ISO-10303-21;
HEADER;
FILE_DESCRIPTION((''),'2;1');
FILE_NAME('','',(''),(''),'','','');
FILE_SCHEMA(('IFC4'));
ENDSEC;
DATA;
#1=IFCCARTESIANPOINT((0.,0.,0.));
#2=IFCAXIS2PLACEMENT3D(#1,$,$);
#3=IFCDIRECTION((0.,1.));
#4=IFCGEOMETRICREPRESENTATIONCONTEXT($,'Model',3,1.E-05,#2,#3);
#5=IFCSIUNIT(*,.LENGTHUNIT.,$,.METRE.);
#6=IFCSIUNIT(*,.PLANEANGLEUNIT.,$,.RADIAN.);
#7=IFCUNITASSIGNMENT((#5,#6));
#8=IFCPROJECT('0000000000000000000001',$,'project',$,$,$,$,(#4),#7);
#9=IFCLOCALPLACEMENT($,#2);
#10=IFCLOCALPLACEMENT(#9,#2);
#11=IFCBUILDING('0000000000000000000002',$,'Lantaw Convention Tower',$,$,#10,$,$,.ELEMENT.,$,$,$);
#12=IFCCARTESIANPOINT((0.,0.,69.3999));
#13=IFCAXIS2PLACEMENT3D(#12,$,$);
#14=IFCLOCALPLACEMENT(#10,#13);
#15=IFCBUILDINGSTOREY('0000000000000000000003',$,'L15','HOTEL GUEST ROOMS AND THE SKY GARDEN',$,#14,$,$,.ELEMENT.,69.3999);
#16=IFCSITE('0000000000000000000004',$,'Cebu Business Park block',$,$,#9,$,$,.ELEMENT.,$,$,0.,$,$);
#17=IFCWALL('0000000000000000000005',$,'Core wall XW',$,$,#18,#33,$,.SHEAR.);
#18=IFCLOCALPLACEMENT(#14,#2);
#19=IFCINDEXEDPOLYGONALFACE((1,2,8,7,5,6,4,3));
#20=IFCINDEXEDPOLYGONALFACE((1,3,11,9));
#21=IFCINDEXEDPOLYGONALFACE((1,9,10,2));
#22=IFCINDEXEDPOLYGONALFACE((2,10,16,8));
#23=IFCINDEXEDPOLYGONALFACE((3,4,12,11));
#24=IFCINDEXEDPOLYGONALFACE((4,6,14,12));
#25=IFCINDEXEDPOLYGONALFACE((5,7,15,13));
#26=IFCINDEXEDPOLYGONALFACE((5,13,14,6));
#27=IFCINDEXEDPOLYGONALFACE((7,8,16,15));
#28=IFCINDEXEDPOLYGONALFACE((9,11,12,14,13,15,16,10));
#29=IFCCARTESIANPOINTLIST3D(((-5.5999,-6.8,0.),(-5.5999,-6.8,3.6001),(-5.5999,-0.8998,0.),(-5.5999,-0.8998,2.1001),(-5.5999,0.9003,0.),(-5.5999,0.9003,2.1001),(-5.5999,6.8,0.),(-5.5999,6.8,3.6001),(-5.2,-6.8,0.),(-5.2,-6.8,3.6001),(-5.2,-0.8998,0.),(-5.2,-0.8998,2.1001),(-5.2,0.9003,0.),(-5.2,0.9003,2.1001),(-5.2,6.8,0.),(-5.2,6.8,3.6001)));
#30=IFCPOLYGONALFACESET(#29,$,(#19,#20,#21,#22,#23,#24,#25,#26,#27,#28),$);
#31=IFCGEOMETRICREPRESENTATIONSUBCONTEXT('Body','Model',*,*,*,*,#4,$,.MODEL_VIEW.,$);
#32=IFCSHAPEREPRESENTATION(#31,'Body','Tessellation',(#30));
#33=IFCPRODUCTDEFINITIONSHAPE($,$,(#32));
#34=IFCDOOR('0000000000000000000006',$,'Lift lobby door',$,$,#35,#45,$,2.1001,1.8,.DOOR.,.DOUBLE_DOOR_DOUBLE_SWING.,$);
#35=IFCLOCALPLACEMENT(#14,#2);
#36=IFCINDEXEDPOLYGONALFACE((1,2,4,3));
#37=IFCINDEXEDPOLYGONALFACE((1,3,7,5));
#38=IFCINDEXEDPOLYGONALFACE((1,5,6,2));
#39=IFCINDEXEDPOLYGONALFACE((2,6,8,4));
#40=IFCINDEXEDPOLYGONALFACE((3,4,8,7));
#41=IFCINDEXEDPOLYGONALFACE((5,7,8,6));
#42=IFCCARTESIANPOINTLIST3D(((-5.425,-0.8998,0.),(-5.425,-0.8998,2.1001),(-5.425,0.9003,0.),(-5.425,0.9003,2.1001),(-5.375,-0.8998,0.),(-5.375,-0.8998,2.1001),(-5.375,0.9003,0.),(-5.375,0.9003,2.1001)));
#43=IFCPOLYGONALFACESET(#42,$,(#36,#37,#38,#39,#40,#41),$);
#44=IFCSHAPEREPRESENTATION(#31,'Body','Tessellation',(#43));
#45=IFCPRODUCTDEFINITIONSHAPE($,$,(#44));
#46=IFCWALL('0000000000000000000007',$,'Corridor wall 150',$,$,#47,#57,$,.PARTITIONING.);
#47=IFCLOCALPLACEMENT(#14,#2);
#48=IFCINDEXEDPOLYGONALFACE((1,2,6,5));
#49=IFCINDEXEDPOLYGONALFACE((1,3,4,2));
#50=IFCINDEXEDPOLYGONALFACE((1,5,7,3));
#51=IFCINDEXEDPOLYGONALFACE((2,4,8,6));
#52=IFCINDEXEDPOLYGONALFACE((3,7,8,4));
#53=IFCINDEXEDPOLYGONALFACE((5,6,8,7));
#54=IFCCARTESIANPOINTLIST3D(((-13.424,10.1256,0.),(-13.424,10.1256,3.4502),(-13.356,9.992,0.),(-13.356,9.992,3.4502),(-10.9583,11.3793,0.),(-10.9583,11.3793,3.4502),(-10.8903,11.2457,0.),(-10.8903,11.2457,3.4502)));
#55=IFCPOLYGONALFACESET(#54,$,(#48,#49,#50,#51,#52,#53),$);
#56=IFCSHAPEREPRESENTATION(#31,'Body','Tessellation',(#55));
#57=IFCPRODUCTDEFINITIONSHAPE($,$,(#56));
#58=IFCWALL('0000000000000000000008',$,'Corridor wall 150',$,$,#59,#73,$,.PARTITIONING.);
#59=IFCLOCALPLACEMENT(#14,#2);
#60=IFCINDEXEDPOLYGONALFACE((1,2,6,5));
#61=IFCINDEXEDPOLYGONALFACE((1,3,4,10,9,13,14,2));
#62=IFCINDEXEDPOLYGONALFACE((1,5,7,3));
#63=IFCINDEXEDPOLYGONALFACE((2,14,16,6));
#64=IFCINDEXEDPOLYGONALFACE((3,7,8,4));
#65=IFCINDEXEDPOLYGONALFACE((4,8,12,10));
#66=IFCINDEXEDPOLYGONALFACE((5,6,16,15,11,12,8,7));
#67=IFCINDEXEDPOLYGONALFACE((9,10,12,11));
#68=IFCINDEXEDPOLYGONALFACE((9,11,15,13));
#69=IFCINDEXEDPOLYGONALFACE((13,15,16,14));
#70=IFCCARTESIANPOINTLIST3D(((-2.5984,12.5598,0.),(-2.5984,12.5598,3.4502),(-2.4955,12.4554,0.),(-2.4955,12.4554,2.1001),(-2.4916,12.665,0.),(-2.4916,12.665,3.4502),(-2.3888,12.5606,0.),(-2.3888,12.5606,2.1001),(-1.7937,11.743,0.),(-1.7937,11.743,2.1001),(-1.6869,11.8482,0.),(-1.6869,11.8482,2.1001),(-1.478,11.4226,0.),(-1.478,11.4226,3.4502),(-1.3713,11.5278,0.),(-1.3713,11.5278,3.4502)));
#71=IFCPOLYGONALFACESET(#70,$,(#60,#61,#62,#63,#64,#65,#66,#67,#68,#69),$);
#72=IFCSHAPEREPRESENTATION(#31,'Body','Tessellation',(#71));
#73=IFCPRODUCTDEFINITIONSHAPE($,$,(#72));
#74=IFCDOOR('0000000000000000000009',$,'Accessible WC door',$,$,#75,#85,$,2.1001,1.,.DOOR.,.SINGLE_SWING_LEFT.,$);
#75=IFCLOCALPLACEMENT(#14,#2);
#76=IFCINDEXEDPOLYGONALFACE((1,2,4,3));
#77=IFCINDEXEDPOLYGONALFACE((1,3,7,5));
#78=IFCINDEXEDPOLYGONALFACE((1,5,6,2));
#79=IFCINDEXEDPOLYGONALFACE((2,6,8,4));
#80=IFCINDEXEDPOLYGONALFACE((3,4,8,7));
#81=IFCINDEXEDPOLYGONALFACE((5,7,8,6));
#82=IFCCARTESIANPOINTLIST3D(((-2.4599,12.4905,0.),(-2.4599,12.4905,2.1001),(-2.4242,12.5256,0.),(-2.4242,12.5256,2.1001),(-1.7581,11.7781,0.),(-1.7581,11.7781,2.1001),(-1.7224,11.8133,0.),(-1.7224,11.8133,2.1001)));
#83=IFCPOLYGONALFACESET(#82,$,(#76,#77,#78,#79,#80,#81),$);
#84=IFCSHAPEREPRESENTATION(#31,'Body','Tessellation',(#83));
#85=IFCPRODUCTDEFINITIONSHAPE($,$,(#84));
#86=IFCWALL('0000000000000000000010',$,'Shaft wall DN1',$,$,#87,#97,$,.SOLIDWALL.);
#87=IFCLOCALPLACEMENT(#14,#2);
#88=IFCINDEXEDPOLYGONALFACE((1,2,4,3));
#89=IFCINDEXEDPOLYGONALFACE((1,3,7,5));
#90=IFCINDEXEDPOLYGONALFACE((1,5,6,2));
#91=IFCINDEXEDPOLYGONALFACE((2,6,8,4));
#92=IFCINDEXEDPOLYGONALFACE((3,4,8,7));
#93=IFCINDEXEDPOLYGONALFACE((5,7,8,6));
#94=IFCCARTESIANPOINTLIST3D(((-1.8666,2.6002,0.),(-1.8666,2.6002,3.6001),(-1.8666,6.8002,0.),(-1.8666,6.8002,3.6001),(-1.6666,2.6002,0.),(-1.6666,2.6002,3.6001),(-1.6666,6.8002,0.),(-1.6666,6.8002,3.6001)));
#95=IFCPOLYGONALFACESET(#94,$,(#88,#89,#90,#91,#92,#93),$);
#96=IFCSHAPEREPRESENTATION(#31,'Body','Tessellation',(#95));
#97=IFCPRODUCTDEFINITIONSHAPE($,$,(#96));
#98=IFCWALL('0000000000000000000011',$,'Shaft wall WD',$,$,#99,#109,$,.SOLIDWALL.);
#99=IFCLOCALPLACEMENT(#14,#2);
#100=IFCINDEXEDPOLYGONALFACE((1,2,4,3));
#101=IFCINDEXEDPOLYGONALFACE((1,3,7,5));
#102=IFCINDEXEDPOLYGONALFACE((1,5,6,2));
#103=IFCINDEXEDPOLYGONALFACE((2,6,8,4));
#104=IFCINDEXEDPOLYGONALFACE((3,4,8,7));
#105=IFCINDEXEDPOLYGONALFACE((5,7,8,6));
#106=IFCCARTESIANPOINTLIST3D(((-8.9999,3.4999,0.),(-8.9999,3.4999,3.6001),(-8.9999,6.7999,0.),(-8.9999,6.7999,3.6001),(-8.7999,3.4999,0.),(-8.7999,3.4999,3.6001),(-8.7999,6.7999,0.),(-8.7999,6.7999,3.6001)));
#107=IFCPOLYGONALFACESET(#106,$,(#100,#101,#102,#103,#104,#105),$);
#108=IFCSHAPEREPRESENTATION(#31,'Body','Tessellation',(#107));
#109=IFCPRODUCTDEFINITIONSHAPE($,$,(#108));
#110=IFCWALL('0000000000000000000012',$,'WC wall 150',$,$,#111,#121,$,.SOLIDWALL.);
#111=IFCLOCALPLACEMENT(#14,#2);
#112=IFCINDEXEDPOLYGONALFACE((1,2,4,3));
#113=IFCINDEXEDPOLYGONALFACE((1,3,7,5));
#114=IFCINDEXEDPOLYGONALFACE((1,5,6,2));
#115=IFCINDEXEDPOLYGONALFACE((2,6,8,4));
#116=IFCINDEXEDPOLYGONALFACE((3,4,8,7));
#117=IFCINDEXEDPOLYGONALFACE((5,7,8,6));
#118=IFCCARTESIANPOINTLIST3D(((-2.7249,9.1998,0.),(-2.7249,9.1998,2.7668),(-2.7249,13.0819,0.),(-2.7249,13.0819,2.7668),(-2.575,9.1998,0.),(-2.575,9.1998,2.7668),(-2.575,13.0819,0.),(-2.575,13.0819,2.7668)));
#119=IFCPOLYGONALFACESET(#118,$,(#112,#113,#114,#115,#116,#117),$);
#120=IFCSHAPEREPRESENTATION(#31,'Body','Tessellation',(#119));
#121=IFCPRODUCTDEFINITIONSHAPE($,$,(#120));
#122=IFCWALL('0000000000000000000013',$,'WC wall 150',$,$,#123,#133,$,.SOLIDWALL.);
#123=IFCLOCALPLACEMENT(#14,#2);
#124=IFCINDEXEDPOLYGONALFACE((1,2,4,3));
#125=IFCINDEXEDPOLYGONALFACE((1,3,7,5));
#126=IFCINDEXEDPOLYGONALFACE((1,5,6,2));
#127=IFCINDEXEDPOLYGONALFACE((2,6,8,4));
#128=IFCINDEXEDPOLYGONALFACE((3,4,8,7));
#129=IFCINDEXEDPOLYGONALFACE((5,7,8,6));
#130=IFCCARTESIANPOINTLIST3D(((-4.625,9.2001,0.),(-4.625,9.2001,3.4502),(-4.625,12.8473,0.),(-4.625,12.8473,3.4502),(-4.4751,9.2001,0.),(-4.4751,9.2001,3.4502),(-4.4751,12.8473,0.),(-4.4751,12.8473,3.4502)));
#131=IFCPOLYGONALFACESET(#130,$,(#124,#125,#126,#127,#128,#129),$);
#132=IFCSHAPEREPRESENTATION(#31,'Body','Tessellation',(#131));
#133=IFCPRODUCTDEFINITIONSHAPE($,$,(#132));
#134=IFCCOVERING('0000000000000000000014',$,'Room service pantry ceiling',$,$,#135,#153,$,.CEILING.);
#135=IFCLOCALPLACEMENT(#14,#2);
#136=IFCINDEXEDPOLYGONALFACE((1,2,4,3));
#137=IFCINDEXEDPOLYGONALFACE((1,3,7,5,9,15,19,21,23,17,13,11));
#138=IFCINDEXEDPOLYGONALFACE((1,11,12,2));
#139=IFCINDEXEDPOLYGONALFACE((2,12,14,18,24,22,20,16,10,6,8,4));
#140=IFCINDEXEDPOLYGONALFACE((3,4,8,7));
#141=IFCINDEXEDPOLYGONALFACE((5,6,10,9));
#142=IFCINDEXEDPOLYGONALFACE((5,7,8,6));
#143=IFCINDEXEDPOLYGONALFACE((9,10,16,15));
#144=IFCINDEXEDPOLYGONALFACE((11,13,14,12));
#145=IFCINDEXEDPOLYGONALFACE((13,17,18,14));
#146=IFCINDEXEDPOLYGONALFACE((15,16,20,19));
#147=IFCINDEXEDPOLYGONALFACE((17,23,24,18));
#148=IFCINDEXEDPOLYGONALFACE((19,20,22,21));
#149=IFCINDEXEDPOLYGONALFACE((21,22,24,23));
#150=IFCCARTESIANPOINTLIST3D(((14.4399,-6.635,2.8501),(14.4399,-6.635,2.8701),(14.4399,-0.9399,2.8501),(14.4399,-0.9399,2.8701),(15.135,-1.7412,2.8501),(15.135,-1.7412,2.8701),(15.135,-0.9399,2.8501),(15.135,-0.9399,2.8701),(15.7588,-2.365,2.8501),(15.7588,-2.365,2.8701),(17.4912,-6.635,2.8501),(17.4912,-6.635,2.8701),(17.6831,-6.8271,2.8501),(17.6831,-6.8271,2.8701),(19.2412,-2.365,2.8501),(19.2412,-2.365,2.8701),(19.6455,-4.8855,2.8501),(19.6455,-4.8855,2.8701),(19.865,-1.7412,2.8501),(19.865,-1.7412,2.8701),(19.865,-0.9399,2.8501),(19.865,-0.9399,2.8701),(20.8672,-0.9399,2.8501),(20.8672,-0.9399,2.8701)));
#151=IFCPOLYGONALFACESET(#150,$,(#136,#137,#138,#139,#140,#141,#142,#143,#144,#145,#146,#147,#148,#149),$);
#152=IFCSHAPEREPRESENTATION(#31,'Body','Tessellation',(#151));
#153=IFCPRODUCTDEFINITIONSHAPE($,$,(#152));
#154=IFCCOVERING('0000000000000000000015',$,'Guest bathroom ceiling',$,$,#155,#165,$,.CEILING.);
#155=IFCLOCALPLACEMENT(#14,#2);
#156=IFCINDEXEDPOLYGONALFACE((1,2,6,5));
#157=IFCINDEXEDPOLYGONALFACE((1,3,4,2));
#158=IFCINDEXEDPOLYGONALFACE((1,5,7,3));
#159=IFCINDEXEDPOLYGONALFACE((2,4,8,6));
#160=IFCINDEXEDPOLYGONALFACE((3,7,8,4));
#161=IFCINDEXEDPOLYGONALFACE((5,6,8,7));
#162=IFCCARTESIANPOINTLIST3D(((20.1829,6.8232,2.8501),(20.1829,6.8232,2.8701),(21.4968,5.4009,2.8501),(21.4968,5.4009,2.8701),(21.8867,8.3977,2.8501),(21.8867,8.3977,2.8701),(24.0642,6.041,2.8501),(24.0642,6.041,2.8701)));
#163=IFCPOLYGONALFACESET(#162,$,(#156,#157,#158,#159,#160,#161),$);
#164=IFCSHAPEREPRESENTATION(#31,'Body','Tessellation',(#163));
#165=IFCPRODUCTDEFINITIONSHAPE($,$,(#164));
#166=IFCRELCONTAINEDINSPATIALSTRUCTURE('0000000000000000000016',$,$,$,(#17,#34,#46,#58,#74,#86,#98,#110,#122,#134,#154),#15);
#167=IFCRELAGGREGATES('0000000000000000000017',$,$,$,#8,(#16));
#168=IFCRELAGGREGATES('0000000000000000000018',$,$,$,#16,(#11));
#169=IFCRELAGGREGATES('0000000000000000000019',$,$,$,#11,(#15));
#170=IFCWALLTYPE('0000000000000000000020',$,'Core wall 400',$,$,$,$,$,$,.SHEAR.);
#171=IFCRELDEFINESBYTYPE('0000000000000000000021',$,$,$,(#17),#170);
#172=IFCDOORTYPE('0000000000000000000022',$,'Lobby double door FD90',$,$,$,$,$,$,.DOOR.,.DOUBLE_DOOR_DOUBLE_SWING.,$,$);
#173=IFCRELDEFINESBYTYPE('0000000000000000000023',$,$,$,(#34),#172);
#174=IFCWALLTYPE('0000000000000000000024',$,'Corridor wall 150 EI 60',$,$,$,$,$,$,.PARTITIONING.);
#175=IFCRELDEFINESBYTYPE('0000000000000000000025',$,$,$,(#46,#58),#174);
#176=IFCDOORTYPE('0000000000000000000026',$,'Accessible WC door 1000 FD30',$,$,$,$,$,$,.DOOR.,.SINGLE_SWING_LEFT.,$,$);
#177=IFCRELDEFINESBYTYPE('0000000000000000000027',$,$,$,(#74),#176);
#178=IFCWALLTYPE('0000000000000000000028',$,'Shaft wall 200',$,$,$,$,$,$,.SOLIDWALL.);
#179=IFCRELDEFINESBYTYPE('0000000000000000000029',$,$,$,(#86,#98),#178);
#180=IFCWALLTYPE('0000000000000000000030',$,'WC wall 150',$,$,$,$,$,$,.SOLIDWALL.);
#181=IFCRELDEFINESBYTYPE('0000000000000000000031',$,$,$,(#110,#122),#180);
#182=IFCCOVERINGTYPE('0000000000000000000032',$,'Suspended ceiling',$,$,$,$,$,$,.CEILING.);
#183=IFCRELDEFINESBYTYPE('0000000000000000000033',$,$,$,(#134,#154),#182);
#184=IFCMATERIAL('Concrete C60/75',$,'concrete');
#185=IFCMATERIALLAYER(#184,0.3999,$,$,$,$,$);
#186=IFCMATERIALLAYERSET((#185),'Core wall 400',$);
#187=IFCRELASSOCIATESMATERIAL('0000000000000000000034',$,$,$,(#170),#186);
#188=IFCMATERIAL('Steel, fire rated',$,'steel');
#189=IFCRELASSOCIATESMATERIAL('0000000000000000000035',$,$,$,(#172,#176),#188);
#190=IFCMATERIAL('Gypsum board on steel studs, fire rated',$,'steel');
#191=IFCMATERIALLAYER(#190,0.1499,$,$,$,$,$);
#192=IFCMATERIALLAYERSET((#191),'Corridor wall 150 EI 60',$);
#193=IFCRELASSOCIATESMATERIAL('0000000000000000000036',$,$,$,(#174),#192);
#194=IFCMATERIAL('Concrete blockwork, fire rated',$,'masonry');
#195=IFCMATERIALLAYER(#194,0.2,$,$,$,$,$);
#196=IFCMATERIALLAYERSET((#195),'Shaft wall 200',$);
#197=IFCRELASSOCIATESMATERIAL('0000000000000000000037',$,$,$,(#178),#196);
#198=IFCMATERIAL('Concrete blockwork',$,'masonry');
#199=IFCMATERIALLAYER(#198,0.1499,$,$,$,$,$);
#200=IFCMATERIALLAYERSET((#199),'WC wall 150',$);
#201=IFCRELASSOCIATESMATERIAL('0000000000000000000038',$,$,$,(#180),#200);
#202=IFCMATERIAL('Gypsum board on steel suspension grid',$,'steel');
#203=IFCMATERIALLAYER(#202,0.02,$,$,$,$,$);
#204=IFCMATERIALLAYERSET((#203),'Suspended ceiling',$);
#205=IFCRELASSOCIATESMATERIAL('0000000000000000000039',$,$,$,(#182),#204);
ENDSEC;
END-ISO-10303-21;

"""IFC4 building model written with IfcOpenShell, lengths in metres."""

from ifc_helpers import new_model, si_unit, direction, frame, frame_2d, origin, place, context, subcontext, project, spatial, polyline, rectangle, outline, extrude, material, layer, layer_set, type_object, element, fill, save


model = new_model("IFC4")

# Units and contexts
model_context = context("Model", 3, precision=1e-05, world=origin(), true_north=direction((0.0, 1.0)))
body_context = subcontext(model_context, "Body", "Model", "MODEL_VIEW")
ifc_project = project(units=[si_unit("LENGTHUNIT", "METRE"), si_unit("PLANEANGLEUNIT", "RADIAN")], contexts=[model_context])

# Site, building, storey
site_placement = place(None, origin())
site = spatial("IfcSite", under=ifc_project, at=site_placement, Name="Cebu Business Park block", CompositionType="ELEMENT", RefElevation=0.0)
building_placement = place(site_placement, origin())
building = spatial("IfcBuilding", under=site, at=building_placement, Name="Lantaw Convention Tower", CompositionType="ELEMENT")
storey_placement = place(building_placement, frame((0.0, 0.0, 69.3999)))
storey = spatial("IfcBuildingStorey", under=building, at=storey_placement, Name="L15", Description="HOTEL GUEST ROOMS AND THE SKY GARDEN", CompositionType="ELEMENT", Elevation=69.3999)

# Wall, opening, door
ifc_material_1 = material(Name="Concrete C60/75", Category="concrete")
ifc_layer_1 = layer(ifc_material_1, 0.3999)
ifc_layer_set_1 = layer_set([ifc_layer_1], Name="Core wall 400")
wall_type_1 = type_object("IfcWallType", Name="Core wall 400", PredefinedType="SHEAR", material=ifc_layer_set_1)
wall_1_placement = place(storey_placement, frame((-5.3999, 6.8, 0.0), z_axis=(0.0, 0.0, 1.0), x_axis=(0.0, -1.0, 0.0)))
wall_1 = element("IfcWall", 1, at=wall_1_placement, inside=storey, type_object=wall_type_1, Name="Core wall XW", PredefinedType="SHEAR", context=body_context, shape_type="SweptSolid", body=[
    extrude(rectangle(XDim=13.6001, YDim=0.3999, at=frame_2d((6.8, 0.0))), origin(), (0.0, 0.0, 1.0), 3.6001),
])
opening_1_placement = place(wall_1_placement, frame((5.8999, 0.0, 0.0)))
opening_1 = element("IfcOpeningElement", 2, at=opening_1_placement, cuts=wall_1, PredefinedType="OPENING", context=body_context, shape_type="SweptSolid", body=[
    extrude(rectangle(XDim=1.8, YDim=2.1001, at=frame_2d((0.8999, 1.05))), frame((0.0, 0.21, 0.0), z_axis=(0.0, -1.0, 0.0), x_axis=(1.0, 0.0, 0.0)), (0.0, 0.0, 1.0), 0.4199),
])
ifc_material_2 = material(Name="Steel, fire rated", Category="steel")
door_type_1 = type_object("IfcDoorType", Name="Lobby double door FD90", OperationType="DOUBLE_DOOR_DOUBLE_SWING", PredefinedType="DOOR", material=ifc_material_2)
door_1_placement = place(opening_1_placement, origin())
door_1 = element("IfcDoor", 3, at=door_1_placement, inside=storey, type_object=door_type_1, Name="Lift lobby door", OperationType="DOUBLE_DOOR_DOUBLE_SWING", OverallHeight=2.1001, OverallWidth=1.8, PredefinedType="DOOR", context=body_context, shape_type="SweptSolid", body=[
    extrude(rectangle(XDim=1.8, YDim=2.1001, at=frame_2d((0.8999, 1.05))), frame((0.0, 0.0249, 0.0), z_axis=(0.0, -1.0, 0.0), x_axis=(1.0, 0.0, 0.0)), (0.0, 0.0, 1.0), 0.05),
])
fill(opening_1, door_1)

# Wall
ifc_material_3 = material(Name="Gypsum board on steel studs, fire rated", Category="steel")
ifc_layer_2 = layer(ifc_material_3, 0.1499)
ifc_layer_set_2 = layer_set([ifc_layer_2], Name="Corridor wall 150 EI 60")
wall_type_2 = type_object("IfcWallType", Name="Corridor wall 150 EI 60", PredefinedType="PARTITIONING", material=ifc_layer_set_2)
wall_2_placement = place(storey_placement, frame((-10.9243, 11.3125, 0.0), z_axis=(0.0, 0.0, 1.0), x_axis=(-0.891388, -0.453241, 0.0)))
element("IfcWall", 4, at=wall_2_placement, inside=storey, type_object=wall_type_2, Name="Corridor wall 150", PredefinedType="PARTITIONING", context=body_context, shape_type="SweptSolid", body=[
    extrude(rectangle(XDim=2.7661, YDim=0.1499, at=frame_2d((1.3831, 0.0))), origin(), (0.0, 0.0, 1.0), 3.4502),
])

# Wall, opening, door
wall_3_placement = place(storey_placement, frame((-1.4246, 11.4751, 0.0), z_axis=(0.0, 0.0, 1.0), x_axis=(-0.701811, 0.712363, 0.0)))
wall_3 = element("IfcWall", 5, at=wall_3_placement, inside=storey, type_object=wall_type_2, Name="Corridor wall 150", PredefinedType="PARTITIONING", context=body_context, shape_type="SweptSolid", body=[
    extrude(rectangle(XDim=1.5964, YDim=0.1499, at=frame_2d((0.7983, 0.0))), origin(), (0.0, 0.0, 1.0), 3.4502),
])
opening_2_placement = place(wall_3_placement, frame((0.45, 0.0, 0.0)))
opening_2 = element("IfcOpeningElement", 6, at=opening_2_placement, cuts=wall_3, PredefinedType="OPENING", context=body_context, shape_type="SweptSolid", body=[
    extrude(rectangle(XDim=1.0, YDim=2.1001, at=frame_2d((0.5, 1.05))), frame((0.0, 0.085, 0.0), z_axis=(0.0, -1.0, 0.0), x_axis=(1.0, 0.0, 0.0)), (0.0, 0.0, 1.0), 0.1699),
])
door_type_2 = type_object("IfcDoorType", Name="Accessible WC door 1000 FD30", OperationType="SINGLE_SWING_LEFT", PredefinedType="DOOR", material=ifc_material_2)
door_2_placement = place(opening_2_placement, origin())
door_2 = element("IfcDoor", 7, at=door_2_placement, inside=storey, type_object=door_type_2, Name="Accessible WC door", OperationType="SINGLE_SWING_LEFT", OverallHeight=2.1001, OverallWidth=1.0, PredefinedType="DOOR", context=body_context, shape_type="SweptSolid", body=[
    extrude(rectangle(XDim=1.0, YDim=2.1001, at=frame_2d((0.5, 1.05))), frame((0.0, 0.0249, 0.0), z_axis=(0.0, -1.0, 0.0), x_axis=(1.0, 0.0, 0.0)), (0.0, 0.0, 1.0), 0.05),
])
fill(opening_2, door_2)

# Walls
ifc_material_4 = material(Name="Concrete blockwork, fire rated", Category="masonry")
ifc_layer_3 = layer(ifc_material_4, 0.2)
ifc_layer_set_3 = layer_set([ifc_layer_3], Name="Shaft wall 200")
wall_type_3 = type_object("IfcWallType", Name="Shaft wall 200", PredefinedType="SOLIDWALL", material=ifc_layer_set_3)
wall_4_placement = place(storey_placement, frame((-1.7666, 2.6001, 0.0), z_axis=(0.0, 0.0, 1.0), x_axis=(0.0, 1.0, 0.0)))
element("IfcWall", 8, at=wall_4_placement, inside=storey, type_object=wall_type_3, Name="Shaft wall DN1", PredefinedType="SOLIDWALL", context=body_context, shape_type="SweptSolid", body=[
    extrude(rectangle(XDim=4.2, YDim=0.2, at=frame_2d((2.1001, 0.0))), origin(), (0.0, 0.0, 1.0), 3.6001),
])
wall_5_placement = place(storey_placement, frame((-8.8999, 3.5, 0.0), z_axis=(0.0, 0.0, 1.0), x_axis=(0.0, 1.0, 0.0)))
element("IfcWall", 9, at=wall_5_placement, inside=storey, type_object=wall_type_3, Name="Shaft wall WD", PredefinedType="SOLIDWALL", context=body_context, shape_type="SweptSolid", body=[
    extrude(rectangle(XDim=3.3, YDim=0.2, at=frame_2d((1.6499, 0.0))), origin(), (0.0, 0.0, 1.0), 3.6001),
])
ifc_material_5 = material(Name="Concrete blockwork", Category="masonry")
ifc_layer_4 = layer(ifc_material_5, 0.1499)
ifc_layer_set_4 = layer_set([ifc_layer_4], Name="WC wall 150")
wall_type_4 = type_object("IfcWallType", Name="WC wall 150", PredefinedType="SOLIDWALL", material=ifc_layer_set_4)
wall_6_placement = place(storey_placement, frame((-2.6499, 9.2, 0.0), z_axis=(0.0, 0.0, 1.0), x_axis=(0.0, 1.0, 0.0)))
element("IfcWall", 10, at=wall_6_placement, inside=storey, type_object=wall_type_4, Name="WC wall 150", PredefinedType="SOLIDWALL", context=body_context, shape_type="SweptSolid", body=[
    extrude(rectangle(XDim=3.8821, YDim=0.1499, at=frame_2d((1.9409, 0.0))), origin(), (0.0, 0.0, 1.0), 2.7668),
])
wall_7_placement = place(storey_placement, frame((-4.55, 9.2, 0.0), z_axis=(0.0, 0.0, 1.0), x_axis=(0.0, 1.0, 0.0)))
element("IfcWall", 11, at=wall_7_placement, inside=storey, type_object=wall_type_4, Name="WC wall 150", PredefinedType="SOLIDWALL", context=body_context, shape_type="SweptSolid", body=[
    extrude(rectangle(XDim=3.6472, YDim=0.1499, at=frame_2d((1.8237, 0.0))), origin(), (0.0, 0.0, 1.0), 3.4502),
])

# Coverings
ifc_material_6 = material(Name="Gypsum board on steel suspension grid", Category="steel")
ifc_layer_5 = layer(ifc_material_6, 0.02)
ifc_layer_set_5 = layer_set([ifc_layer_5], Name="Suspended ceiling")
covering_type = type_object("IfcCoveringType", Name="Suspended ceiling", PredefinedType="CEILING", material=ifc_layer_set_5)
covering_1_placement = place(storey_placement, frame((0.0, 0.0, 2.8501)))
element("IfcCovering", 12, at=covering_1_placement, inside=storey, type_object=covering_type, Name="Room service pantry ceiling", PredefinedType="CEILING", context=body_context, shape_type="SweptSolid", body=[
    extrude(outline(polyline([(19.6455, -4.8855), (20.8672, -0.9399), (19.865, -0.9399), (19.865, -1.7412), (19.2412, -2.365), (15.7588, -2.365), (15.135, -1.7412), (15.135, -0.9399), (14.4399, -0.9399), (14.4399, -6.635), (17.4912, -6.635), (17.6831, -6.8271), (19.6455, -4.8855)])), origin(), (0.0, 0.0, 1.0), 0.02),
])
covering_2_placement = place(storey_placement, frame((0.0, 0.0, 2.8501)))
element("IfcCovering", 13, at=covering_2_placement, inside=storey, type_object=covering_type, Name="Guest bathroom ceiling", PredefinedType="CEILING", context=body_context, shape_type="SweptSolid", body=[
    extrude(outline(polyline([(21.4968, 5.4009), (24.0642, 6.041), (21.8867, 8.3977), (20.1829, 6.8232), (21.4968, 5.4009)])), origin(), (0.0, 0.0, 1.0), 0.02),
])

save(model, "model.ifc")
